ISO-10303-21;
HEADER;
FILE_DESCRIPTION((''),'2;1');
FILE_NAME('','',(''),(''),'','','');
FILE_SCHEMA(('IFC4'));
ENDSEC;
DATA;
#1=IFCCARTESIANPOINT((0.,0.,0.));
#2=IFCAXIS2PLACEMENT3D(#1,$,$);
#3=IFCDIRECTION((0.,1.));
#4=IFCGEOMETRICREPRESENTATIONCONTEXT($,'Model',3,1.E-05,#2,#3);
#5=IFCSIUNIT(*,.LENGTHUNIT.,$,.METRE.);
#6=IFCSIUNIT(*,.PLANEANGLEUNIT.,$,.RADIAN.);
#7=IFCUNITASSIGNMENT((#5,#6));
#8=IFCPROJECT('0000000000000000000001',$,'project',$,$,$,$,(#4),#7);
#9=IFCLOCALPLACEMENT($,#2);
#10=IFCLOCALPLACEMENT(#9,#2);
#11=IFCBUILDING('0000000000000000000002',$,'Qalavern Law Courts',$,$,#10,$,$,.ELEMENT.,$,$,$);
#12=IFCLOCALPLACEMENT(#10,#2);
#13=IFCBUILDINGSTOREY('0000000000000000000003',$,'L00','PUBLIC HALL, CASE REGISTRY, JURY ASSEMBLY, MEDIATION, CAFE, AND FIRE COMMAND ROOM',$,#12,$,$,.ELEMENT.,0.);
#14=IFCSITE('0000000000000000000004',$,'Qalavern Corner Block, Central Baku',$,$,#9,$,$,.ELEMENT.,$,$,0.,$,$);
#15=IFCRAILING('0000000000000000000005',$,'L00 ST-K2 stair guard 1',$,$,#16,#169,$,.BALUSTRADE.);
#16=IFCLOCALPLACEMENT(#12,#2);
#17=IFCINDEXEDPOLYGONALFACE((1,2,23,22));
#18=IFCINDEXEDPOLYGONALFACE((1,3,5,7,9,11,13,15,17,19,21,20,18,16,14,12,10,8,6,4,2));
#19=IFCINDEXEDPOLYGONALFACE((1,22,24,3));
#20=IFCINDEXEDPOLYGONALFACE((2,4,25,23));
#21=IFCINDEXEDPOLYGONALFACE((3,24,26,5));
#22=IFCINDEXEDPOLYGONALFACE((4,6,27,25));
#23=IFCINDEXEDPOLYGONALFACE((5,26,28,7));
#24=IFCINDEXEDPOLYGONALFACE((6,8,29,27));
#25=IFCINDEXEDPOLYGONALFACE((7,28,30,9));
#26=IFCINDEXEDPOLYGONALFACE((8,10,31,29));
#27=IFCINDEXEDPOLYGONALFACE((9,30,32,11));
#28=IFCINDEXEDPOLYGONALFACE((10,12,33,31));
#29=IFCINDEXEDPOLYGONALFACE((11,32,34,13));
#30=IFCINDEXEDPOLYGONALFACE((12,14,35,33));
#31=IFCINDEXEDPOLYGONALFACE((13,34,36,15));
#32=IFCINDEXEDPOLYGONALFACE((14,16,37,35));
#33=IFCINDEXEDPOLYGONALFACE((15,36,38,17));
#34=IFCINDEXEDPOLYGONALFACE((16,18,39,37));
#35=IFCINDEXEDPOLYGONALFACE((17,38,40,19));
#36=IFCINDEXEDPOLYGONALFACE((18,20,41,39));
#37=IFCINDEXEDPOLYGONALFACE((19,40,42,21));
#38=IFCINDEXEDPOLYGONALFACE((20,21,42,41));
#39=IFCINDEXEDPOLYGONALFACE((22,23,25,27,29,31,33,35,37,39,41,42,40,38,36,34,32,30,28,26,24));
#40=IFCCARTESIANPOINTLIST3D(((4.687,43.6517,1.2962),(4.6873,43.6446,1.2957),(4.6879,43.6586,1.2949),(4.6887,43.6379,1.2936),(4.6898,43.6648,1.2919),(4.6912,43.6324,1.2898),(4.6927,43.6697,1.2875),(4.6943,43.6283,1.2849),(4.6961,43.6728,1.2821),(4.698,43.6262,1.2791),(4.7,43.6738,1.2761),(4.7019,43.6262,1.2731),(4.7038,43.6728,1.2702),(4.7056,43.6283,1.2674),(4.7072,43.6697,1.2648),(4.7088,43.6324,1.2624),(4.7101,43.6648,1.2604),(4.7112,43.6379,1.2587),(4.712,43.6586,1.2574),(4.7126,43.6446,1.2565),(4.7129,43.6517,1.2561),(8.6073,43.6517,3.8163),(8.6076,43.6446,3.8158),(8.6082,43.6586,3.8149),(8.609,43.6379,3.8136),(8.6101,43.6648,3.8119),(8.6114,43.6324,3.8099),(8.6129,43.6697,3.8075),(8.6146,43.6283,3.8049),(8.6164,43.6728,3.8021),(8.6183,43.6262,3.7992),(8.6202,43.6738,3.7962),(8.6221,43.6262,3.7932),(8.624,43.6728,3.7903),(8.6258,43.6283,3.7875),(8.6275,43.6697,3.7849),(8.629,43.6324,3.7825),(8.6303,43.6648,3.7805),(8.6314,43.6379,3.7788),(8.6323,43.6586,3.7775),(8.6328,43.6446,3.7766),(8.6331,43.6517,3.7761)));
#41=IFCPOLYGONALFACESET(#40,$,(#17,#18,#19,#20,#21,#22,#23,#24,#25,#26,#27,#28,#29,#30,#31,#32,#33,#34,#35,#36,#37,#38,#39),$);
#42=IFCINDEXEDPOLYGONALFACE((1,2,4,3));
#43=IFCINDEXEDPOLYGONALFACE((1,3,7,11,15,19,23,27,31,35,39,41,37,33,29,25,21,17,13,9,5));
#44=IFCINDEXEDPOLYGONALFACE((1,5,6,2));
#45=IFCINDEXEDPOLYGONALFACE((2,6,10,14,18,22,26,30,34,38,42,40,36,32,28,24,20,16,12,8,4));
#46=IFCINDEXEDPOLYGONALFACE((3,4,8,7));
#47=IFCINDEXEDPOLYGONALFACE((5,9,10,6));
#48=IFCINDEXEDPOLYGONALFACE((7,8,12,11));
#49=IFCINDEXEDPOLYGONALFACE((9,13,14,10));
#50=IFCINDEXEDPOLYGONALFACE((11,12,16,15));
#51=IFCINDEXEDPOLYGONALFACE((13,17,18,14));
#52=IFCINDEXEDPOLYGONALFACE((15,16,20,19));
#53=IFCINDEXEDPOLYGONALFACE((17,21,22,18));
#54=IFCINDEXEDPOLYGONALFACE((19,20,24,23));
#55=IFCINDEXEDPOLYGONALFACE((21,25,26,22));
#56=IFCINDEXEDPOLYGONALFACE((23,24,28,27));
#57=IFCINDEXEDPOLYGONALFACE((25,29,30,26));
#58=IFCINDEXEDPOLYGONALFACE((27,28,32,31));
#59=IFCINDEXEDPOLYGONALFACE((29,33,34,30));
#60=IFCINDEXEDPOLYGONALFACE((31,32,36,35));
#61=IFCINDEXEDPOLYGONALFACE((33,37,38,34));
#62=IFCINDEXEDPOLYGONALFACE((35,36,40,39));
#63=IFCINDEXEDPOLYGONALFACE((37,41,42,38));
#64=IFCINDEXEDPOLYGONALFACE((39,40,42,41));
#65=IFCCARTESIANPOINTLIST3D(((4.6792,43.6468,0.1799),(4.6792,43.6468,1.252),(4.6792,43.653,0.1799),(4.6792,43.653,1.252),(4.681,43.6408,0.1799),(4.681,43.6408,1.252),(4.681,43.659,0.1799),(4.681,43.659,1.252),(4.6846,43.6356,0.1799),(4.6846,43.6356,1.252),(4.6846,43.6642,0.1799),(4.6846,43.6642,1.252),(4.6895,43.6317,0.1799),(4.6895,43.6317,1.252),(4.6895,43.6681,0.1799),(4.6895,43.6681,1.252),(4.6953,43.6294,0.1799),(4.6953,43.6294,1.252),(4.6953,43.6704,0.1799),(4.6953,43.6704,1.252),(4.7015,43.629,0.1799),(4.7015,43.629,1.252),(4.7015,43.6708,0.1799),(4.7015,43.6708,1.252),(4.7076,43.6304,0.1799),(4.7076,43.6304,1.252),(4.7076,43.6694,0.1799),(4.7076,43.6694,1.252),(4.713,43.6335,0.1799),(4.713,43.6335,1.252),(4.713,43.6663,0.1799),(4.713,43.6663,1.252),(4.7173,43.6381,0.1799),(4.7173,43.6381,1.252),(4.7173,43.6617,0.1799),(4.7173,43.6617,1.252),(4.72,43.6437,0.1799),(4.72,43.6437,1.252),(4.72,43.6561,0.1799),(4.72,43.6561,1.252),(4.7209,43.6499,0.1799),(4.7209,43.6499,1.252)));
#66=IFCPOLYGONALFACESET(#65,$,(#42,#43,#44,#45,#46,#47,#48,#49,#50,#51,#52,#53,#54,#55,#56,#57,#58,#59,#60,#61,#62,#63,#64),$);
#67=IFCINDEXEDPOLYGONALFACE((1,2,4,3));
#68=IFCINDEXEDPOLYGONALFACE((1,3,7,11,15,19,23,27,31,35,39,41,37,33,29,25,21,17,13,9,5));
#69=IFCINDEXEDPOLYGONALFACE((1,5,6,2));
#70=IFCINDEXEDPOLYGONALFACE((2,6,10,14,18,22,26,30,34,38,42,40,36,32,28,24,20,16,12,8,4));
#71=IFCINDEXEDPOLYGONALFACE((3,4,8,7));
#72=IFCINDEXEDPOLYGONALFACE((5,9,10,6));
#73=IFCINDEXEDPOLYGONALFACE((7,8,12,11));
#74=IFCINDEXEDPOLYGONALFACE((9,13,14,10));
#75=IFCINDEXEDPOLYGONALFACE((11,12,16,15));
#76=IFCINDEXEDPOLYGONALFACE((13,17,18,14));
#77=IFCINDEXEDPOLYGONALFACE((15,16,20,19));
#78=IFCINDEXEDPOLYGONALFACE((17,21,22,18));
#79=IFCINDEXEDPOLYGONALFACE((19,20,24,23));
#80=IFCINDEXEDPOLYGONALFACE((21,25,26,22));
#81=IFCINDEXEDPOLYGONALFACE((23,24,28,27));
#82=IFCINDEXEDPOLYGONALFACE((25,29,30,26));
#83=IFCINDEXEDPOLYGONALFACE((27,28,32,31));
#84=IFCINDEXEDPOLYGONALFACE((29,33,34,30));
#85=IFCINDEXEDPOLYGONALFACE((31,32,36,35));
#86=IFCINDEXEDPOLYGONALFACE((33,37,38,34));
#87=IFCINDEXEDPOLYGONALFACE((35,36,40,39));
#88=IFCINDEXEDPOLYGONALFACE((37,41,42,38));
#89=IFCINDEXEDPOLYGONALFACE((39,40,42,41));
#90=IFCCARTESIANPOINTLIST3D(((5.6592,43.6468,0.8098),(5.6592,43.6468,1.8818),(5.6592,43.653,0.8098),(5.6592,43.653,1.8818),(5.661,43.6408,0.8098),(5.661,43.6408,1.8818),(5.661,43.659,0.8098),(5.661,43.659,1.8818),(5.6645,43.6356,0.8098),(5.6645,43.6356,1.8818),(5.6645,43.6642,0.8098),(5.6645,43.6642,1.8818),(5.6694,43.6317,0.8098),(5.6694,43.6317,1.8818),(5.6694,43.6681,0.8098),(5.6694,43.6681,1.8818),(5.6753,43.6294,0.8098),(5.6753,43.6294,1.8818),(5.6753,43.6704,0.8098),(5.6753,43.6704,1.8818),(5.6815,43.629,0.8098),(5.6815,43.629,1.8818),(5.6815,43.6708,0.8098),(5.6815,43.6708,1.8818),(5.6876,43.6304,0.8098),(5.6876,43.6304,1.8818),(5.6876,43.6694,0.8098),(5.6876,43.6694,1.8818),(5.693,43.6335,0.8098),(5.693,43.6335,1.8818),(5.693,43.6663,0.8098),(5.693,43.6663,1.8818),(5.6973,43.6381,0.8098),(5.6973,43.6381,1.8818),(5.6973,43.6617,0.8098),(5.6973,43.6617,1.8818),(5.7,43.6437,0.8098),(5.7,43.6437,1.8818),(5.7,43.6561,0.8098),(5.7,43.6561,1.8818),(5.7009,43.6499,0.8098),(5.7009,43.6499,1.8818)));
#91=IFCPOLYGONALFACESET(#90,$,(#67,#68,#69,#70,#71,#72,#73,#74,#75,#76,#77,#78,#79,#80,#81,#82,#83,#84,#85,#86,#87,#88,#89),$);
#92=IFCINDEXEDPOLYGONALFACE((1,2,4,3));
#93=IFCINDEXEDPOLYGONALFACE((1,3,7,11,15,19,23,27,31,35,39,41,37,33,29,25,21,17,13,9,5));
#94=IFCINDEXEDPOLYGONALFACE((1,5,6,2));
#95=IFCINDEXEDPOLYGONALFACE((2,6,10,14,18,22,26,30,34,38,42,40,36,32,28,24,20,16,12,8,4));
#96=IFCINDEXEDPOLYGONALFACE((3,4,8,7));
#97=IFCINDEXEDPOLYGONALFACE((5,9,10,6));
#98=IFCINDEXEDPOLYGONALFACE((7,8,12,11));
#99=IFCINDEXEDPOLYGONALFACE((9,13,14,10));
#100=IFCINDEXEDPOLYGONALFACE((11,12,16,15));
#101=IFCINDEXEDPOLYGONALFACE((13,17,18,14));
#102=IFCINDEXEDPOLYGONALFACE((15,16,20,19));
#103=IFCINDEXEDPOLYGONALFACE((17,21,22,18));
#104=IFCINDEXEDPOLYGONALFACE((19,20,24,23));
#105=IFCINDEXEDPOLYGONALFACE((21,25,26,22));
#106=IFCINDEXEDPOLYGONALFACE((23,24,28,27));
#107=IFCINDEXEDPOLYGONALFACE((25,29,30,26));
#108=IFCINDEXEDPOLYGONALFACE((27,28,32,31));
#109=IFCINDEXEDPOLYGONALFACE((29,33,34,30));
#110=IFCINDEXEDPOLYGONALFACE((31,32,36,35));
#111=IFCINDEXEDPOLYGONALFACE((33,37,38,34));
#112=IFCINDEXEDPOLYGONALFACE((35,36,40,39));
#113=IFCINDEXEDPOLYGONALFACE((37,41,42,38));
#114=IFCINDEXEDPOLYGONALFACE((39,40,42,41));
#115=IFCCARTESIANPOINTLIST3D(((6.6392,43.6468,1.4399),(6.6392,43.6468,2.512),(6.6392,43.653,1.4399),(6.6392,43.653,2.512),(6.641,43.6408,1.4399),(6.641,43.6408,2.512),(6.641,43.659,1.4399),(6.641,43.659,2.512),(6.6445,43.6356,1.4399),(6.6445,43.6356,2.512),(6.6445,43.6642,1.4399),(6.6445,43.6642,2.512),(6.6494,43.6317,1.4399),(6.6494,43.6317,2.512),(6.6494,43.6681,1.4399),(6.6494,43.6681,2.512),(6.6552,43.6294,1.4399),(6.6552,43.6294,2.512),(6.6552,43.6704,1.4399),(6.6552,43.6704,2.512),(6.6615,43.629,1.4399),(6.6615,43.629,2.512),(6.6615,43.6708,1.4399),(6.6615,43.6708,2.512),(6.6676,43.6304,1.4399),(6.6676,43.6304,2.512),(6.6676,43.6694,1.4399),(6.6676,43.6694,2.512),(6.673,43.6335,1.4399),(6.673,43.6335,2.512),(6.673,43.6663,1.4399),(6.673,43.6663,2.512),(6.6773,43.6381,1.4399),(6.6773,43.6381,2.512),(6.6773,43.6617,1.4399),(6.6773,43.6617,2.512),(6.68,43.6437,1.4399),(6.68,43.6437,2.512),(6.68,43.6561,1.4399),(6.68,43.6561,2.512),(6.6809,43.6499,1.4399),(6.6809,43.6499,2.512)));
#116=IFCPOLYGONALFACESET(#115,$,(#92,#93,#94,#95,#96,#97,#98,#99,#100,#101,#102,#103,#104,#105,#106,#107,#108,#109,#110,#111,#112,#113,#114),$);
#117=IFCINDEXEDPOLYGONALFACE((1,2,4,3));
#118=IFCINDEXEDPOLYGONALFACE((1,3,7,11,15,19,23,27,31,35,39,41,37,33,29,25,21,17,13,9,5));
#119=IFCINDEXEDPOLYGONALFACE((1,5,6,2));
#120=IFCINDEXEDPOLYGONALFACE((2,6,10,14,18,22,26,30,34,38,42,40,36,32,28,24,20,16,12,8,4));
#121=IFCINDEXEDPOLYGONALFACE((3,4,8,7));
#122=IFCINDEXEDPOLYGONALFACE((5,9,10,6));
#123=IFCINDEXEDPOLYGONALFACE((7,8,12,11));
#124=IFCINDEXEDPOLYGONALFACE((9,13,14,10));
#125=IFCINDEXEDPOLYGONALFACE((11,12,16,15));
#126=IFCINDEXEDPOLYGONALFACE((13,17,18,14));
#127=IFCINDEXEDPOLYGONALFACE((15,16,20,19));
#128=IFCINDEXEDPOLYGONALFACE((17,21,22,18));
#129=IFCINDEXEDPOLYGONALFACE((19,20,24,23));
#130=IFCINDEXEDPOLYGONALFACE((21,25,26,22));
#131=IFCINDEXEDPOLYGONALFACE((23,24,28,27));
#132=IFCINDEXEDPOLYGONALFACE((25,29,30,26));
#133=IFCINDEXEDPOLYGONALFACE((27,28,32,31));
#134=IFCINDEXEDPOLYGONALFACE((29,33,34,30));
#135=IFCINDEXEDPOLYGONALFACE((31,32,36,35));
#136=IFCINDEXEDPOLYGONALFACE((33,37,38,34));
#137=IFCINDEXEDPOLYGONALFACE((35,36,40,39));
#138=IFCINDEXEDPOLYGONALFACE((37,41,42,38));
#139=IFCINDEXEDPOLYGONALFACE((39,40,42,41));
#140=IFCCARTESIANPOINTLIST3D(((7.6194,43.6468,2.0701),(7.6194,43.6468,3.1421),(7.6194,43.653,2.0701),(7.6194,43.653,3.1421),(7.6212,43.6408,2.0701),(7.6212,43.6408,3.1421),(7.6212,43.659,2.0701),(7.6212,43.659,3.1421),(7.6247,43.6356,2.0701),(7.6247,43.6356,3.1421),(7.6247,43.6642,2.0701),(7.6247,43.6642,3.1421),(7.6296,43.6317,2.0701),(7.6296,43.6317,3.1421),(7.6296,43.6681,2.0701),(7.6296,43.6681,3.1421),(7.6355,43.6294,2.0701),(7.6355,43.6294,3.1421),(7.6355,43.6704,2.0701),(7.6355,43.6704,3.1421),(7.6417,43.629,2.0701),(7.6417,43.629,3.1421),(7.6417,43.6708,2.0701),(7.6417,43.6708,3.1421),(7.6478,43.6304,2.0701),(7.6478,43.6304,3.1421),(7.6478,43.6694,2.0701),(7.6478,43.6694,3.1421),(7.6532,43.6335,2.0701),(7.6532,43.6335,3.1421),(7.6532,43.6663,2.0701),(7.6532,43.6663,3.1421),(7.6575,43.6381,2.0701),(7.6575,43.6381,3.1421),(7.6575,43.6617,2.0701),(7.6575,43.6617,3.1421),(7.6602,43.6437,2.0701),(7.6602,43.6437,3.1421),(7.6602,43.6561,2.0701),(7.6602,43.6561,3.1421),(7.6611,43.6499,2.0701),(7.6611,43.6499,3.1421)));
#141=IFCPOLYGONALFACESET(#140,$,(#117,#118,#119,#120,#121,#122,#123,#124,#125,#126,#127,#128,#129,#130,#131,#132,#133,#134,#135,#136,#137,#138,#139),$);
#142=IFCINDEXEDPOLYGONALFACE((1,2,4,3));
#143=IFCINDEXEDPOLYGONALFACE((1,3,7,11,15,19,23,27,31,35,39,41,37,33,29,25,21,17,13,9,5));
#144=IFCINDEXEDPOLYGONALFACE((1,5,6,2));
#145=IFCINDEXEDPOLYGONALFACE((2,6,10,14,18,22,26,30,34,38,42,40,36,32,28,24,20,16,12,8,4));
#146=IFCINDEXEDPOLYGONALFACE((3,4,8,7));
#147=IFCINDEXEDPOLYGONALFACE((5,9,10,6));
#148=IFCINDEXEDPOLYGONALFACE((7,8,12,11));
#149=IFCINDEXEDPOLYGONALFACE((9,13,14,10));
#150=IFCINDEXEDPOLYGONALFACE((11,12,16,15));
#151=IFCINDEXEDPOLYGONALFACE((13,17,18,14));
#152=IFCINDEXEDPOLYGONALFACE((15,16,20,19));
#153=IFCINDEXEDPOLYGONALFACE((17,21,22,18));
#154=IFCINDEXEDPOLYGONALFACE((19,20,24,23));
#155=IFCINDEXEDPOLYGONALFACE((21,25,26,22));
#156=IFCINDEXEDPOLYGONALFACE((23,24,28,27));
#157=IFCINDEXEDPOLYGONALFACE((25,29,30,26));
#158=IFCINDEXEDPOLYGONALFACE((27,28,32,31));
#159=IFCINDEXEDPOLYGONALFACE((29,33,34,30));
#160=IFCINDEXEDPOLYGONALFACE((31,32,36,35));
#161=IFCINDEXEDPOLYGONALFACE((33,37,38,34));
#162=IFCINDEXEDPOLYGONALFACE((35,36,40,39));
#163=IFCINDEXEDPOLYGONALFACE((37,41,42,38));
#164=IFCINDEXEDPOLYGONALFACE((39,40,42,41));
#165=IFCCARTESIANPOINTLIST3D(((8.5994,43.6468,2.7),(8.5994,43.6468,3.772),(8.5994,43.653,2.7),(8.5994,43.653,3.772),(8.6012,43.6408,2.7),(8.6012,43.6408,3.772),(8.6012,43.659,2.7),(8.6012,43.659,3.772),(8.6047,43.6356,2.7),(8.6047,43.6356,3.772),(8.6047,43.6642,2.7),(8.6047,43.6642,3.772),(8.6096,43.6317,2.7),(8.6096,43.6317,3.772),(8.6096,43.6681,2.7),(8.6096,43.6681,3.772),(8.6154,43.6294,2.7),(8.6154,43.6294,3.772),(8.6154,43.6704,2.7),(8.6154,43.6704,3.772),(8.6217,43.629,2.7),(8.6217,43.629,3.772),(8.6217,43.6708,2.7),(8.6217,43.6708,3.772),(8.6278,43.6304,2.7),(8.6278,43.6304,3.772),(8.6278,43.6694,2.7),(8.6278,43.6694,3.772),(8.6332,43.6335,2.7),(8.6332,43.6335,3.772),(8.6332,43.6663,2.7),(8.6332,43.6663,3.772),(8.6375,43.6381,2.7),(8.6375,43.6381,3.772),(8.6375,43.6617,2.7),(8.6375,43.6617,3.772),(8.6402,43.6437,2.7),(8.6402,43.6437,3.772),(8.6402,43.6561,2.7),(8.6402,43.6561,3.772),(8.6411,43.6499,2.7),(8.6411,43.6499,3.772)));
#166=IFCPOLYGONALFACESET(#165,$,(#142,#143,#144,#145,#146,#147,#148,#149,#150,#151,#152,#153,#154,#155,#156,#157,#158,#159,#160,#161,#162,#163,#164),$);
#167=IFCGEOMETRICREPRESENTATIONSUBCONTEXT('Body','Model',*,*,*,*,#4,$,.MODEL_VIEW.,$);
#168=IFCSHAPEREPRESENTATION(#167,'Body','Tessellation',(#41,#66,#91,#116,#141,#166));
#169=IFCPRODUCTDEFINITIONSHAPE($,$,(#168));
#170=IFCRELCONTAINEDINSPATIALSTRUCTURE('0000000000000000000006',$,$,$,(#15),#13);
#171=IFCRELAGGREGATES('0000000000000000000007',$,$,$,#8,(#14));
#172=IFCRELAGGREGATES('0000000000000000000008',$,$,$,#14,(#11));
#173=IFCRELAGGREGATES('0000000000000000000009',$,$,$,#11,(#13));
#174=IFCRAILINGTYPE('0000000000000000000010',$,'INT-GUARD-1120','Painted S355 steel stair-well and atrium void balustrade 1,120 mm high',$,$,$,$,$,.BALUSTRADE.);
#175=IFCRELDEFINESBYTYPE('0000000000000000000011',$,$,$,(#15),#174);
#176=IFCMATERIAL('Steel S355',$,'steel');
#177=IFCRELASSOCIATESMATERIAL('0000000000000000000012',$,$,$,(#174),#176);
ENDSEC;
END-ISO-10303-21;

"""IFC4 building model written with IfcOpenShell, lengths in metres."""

from ifc_helpers import new_model, si_unit, direction, frame, origin, origin_2d, place, context, subcontext, project, spatial, circle, extrude, material, type_object, element, save


model = new_model("IFC4")

# Units and contexts
model_context = context("Model", 3, precision=1e-05, world=origin(), true_north=direction((0.0, 1.0)))
body_context = subcontext(model_context, "Body", "Model", "MODEL_VIEW")
ifc_project = project(units=[si_unit("LENGTHUNIT", "METRE"), si_unit("PLANEANGLEUNIT", "RADIAN")], contexts=[model_context])

# Site, building, storey
site_placement = place(None, origin())
site = spatial("IfcSite", under=ifc_project, at=site_placement, Name="Qalavern Corner Block, Central Baku", CompositionType="ELEMENT", RefElevation=0.0)
building_placement = place(site_placement, origin())
building = spatial("IfcBuilding", under=site, at=building_placement, Name="Qalavern Law Courts", CompositionType="ELEMENT")
storey_placement = place(building_placement, origin())
storey = spatial("IfcBuildingStorey", under=building, at=storey_placement, Name="L00", Description="PUBLIC HALL, CASE REGISTRY, JURY ASSEMBLY, MEDIATION, CAFE, AND FIRE COMMAND ROOM", CompositionType="ELEMENT", Elevation=0.0)

# Railing
ifc_material_1 = material(Name="Steel S355", Category="steel")
railing_type_1 = type_object("IfcRailingType", Name="INT-GUARD-1120", Description="Painted S355 steel stair-well and atrium void balustrade 1,120 mm high", PredefinedType="BALUSTRADE", material=ifc_material_1)
railing_1_placement = place(storey_placement, frame((4.7, 43.6499, 0.1799)))
element("IfcRailing", 1, at=railing_1_placement, inside=storey, type_object=railing_type_1, Name="L00 ST-K2 stair guard 1", PredefinedType="BALUSTRADE", context=body_context, shape_type="SweptSolid", body=[
    extrude(circle(Radius=0.0239, at=origin_2d()), frame((0.0, 0.0, 1.0962), z_axis=(0.841187, 0.0, 0.540744), x_axis=(0.0, 1.0, 0.0)), (0.0, 0.0, 1.0), 4.6604),
    extrude(circle(Radius=0.021, at=origin_2d()), origin(), (0.0, 0.0, 1.0), 1.072),
    extrude(circle(Radius=0.021, at=origin_2d()), frame((0.98, 0.0, 0.6299)), (0.0, 0.0, 1.0), 1.072),
    extrude(circle(Radius=0.021, at=origin_2d()), frame((1.96, 0.0, 1.26)), (0.0, 0.0, 1.0), 1.072),
    extrude(circle(Radius=0.021, at=origin_2d()), frame((2.9402, 0.0, 1.8901)), (0.0, 0.0, 1.0), 1.072),
    extrude(circle(Radius=0.021, at=origin_2d()), frame((3.9202, 0.0, 2.52)), (0.0, 0.0, 1.0), 1.072),
])

save(model, "model.ifc")
